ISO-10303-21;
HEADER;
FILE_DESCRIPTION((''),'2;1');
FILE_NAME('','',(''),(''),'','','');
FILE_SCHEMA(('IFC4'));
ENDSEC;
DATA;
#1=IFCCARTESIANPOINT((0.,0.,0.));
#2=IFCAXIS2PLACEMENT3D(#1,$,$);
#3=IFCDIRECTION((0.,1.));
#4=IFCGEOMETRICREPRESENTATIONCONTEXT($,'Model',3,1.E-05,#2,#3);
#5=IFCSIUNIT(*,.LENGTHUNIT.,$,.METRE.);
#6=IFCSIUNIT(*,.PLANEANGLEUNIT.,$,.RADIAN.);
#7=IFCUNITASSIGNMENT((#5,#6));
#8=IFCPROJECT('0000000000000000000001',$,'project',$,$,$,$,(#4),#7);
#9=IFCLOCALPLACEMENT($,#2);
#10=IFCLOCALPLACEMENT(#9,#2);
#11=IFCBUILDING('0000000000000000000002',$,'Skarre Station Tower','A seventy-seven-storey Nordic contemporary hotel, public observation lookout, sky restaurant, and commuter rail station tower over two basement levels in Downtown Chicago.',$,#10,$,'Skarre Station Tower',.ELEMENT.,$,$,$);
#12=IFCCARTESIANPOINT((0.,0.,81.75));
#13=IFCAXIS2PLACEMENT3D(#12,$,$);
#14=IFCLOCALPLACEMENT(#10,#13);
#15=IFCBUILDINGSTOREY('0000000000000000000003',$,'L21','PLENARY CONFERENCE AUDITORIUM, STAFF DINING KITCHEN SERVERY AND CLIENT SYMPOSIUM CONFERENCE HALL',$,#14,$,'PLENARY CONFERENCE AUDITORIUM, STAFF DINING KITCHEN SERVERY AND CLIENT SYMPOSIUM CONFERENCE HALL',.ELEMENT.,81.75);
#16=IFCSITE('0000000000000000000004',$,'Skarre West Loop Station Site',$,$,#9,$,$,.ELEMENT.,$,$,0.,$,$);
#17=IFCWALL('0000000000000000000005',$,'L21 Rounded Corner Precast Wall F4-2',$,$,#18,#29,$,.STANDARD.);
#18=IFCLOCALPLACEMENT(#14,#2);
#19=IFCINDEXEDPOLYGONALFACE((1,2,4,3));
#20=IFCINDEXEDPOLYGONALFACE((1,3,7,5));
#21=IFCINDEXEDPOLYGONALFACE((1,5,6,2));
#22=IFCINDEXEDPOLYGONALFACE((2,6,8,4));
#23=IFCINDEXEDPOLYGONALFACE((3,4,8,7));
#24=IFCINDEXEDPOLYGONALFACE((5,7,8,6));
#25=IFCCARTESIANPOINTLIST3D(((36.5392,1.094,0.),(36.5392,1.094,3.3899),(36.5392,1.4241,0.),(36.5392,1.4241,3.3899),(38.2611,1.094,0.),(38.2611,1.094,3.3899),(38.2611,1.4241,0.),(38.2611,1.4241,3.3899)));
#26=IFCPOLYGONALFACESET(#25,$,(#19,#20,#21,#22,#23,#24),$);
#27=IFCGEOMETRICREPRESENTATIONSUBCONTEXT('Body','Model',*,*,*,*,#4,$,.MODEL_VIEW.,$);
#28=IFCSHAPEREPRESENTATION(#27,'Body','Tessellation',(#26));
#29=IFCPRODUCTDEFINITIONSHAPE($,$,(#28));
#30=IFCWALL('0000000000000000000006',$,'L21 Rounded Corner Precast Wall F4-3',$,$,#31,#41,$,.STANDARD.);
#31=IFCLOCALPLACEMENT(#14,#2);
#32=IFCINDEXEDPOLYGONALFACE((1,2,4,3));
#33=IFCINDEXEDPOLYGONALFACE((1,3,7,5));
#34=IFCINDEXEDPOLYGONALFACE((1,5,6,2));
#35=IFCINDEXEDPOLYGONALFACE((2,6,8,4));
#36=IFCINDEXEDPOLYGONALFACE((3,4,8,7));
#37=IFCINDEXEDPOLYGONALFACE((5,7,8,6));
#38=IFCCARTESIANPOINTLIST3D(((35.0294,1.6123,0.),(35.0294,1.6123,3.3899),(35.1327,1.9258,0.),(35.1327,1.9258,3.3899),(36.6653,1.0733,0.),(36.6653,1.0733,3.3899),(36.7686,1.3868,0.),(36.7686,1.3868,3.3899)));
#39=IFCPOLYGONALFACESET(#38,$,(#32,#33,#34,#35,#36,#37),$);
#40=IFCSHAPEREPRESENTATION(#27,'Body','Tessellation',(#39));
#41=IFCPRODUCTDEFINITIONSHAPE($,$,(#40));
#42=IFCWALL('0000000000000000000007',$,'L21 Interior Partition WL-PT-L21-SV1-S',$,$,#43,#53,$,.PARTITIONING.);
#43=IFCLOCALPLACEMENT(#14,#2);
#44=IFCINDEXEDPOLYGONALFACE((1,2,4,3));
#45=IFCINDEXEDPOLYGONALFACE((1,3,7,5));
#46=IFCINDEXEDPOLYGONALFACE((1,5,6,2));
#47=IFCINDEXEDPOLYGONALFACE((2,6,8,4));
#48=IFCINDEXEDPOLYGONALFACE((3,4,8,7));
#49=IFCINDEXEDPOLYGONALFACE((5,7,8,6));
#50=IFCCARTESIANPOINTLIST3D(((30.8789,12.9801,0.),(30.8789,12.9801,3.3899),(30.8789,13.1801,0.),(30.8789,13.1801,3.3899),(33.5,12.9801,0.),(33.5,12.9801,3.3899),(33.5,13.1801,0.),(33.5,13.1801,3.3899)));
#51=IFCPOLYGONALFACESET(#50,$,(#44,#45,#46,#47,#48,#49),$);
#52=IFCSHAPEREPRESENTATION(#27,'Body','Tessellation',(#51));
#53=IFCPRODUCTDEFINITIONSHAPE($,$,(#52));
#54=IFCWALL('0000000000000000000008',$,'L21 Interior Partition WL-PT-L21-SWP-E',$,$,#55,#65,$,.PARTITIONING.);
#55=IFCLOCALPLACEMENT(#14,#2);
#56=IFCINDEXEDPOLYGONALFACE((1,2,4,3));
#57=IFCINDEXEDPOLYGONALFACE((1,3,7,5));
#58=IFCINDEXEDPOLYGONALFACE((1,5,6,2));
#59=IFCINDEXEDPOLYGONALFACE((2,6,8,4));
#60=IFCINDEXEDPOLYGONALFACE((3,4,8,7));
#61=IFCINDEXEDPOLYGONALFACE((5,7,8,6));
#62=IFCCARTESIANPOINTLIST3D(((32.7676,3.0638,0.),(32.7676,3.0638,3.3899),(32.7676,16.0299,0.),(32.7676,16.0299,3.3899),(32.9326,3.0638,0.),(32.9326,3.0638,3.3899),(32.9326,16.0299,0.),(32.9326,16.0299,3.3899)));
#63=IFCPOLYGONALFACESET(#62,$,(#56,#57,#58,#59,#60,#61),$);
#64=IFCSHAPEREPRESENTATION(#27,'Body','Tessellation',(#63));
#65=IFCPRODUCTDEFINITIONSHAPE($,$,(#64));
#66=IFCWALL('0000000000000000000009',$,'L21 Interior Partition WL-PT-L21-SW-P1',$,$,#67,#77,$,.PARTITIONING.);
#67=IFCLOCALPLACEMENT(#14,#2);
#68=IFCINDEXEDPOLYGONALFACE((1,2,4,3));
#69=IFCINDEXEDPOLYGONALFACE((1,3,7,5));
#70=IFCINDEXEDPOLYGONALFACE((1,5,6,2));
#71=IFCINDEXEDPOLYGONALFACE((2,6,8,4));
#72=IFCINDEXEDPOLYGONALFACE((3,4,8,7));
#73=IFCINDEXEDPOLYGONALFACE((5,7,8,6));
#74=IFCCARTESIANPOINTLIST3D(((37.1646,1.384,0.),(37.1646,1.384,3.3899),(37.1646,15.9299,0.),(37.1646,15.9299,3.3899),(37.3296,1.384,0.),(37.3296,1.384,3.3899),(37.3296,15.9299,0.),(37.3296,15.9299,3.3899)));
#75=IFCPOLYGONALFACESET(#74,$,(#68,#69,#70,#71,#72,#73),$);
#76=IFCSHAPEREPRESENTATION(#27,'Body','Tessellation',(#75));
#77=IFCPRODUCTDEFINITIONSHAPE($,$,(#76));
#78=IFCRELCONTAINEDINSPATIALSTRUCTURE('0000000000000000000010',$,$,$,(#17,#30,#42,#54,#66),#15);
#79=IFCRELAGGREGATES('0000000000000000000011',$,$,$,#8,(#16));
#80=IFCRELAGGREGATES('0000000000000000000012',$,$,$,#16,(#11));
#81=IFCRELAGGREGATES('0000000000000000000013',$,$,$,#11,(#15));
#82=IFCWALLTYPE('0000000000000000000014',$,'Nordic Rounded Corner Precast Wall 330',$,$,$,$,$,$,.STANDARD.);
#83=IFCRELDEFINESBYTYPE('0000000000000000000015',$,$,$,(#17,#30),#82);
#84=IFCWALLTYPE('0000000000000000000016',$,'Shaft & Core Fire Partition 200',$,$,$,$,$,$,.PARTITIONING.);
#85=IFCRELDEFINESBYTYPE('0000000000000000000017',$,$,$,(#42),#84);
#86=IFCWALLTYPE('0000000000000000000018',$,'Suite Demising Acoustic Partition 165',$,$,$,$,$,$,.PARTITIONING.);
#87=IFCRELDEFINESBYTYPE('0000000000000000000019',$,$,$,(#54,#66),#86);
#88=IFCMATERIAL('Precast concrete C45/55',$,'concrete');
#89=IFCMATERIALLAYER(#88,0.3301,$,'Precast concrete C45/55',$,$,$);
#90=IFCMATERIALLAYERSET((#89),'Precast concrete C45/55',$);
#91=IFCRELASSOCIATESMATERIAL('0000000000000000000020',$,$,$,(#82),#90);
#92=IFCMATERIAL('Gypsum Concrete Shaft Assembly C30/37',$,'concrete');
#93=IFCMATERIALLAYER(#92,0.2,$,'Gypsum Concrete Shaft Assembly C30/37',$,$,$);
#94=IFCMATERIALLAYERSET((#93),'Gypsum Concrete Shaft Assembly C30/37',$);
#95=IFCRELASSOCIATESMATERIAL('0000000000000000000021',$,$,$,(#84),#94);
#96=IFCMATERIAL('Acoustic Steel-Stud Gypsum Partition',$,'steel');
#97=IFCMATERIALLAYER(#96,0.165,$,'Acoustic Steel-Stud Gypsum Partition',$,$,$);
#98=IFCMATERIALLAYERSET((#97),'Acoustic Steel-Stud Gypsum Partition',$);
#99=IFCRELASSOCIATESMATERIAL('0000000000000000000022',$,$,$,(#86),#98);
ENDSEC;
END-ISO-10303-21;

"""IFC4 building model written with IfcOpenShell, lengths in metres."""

from ifc_helpers import new_model, si_unit, direction, frame, frame_2d, origin, place, context, subcontext, project, spatial, rectangle, extrude, material, layer, layer_set, type_object, element, save


model = new_model("IFC4")

# Units and contexts
model_context = context("Model", 3, precision=1e-05, world=origin(), true_north=direction((0.0, 1.0)))
body_context = subcontext(model_context, "Body", "Model", "MODEL_VIEW")
ifc_project = project(units=[si_unit("LENGTHUNIT", "METRE"), si_unit("PLANEANGLEUNIT", "RADIAN")], contexts=[model_context])

# Site, building, storey
site_placement = place(None, origin())
site = spatial("IfcSite", under=ifc_project, at=site_placement, Name="Skarre West Loop Station Site", CompositionType="ELEMENT", RefElevation=0.0)
building_placement = place(site_placement, origin())
building = spatial("IfcBuilding", under=site, at=building_placement, Name="Skarre Station Tower", Description="A seventy-seven-storey Nordic contemporary hotel, public observation lookout, sky restaurant, and commuter rail station tower over two basement levels in Downtown Chicago.", LongName="Skarre Station Tower", CompositionType="ELEMENT")
storey_placement = place(building_placement, frame((0.0, 0.0, 81.75)))
storey = spatial("IfcBuildingStorey", under=building, at=storey_placement, Name="L21", Description="PLENARY CONFERENCE AUDITORIUM, STAFF DINING KITCHEN SERVERY AND CLIENT SYMPOSIUM CONFERENCE HALL", LongName="PLENARY CONFERENCE AUDITORIUM, STAFF DINING KITCHEN SERVERY AND CLIENT SYMPOSIUM CONFERENCE HALL", CompositionType="ELEMENT", Elevation=81.75)

# Shared definitions
ifc_material_1 = material(Name="Precast concrete C45/55", Category="concrete")

# Walls
ifc_layer_1 = layer(ifc_material_1, 0.3301, Name="Precast concrete C45/55")
ifc_layer_set_1 = layer_set([ifc_layer_1], Name="Precast concrete C45/55")
wall_type_1 = type_object("IfcWallType", Name="Nordic Rounded Corner Precast Wall 330", PredefinedType="STANDARD", material=ifc_layer_set_1)
wall_1_placement = place(storey_placement, frame((38.261, 1.259, 0.0), z_axis=(0.0, 0.0, 1.0), x_axis=(-1.0, 0.0, 0.0)))
element("IfcWall", 1, at=wall_1_placement, inside=storey, type_object=wall_type_1, Name="L21 Rounded Corner Precast Wall F4-2", PredefinedType="STANDARD", context=body_context, shape_type="SweptSolid", body=[
    extrude(rectangle(XDim=1.7219, YDim=0.3301, at=frame_2d((0.8608, 0.0))), origin(), (0.0, 0.0, 1.0), 3.3899),
])
wall_2_placement = place(storey_placement, frame((36.717, 1.23, 0.0), z_axis=(0.0, 0.0, 1.0), x_axis=(-0.949769, 0.312952, 0.0)))
element("IfcWall", 2, at=wall_2_placement, inside=storey, type_object=wall_type_1, Name="L21 Rounded Corner Precast Wall F4-3", PredefinedType="STANDARD", context=body_context, shape_type="SweptSolid", body=[
    extrude(rectangle(XDim=1.7224, YDim=0.3301, at=frame_2d((0.8613, 0.0))), origin(), (0.0, 0.0, 1.0), 3.3899),
])
ifc_material_2 = material(Name="Gypsum Concrete Shaft Assembly C30/37", Category="concrete")
ifc_layer_2 = layer(ifc_material_2, 0.2, Name="Gypsum Concrete Shaft Assembly C30/37")
ifc_layer_set_2 = layer_set([ifc_layer_2], Name="Gypsum Concrete Shaft Assembly C30/37")
wall_type_2 = type_object("IfcWallType", Name="Shaft & Core Fire Partition 200", PredefinedType="PARTITIONING", material=ifc_layer_set_2)
wall_3_placement = place(storey_placement, frame((30.8789, 13.0801, 0.0), z_axis=(0.0, 0.0, 1.0), x_axis=(1.0, 0.0, 0.0)))
element("IfcWall", 3, at=wall_3_placement, inside=storey, type_object=wall_type_2, Name="L21 Interior Partition WL-PT-L21-SV1-S", PredefinedType="PARTITIONING", context=body_context, shape_type="SweptSolid", body=[
    extrude(rectangle(XDim=2.6211, YDim=0.2, at=frame_2d((1.3105, 0.0))), origin(), (0.0, 0.0, 1.0), 3.3899),
])
ifc_material_3 = material(Name="Acoustic Steel-Stud Gypsum Partition", Category="steel")
ifc_layer_3 = layer(ifc_material_3, 0.165, Name="Acoustic Steel-Stud Gypsum Partition")
ifc_layer_set_3 = layer_set([ifc_layer_3], Name="Acoustic Steel-Stud Gypsum Partition")
wall_type_3 = type_object("IfcWallType", Name="Suite Demising Acoustic Partition 165", PredefinedType="PARTITIONING", material=ifc_layer_set_3)
wall_4_placement = place(storey_placement, frame((32.8501, 3.064, 0.0), z_axis=(0.0, 0.0, 1.0), x_axis=(0.0, 1.0, 0.0)))
element("IfcWall", 4, at=wall_4_placement, inside=storey, type_object=wall_type_3, Name="L21 Interior Partition WL-PT-L21-SWP-E", PredefinedType="PARTITIONING", context=body_context, shape_type="SweptSolid", body=[
    extrude(rectangle(XDim=12.9661, YDim=0.165, at=frame_2d((6.4829, 0.0))), origin(), (0.0, 0.0, 1.0), 3.3899),
])
wall_5_placement = place(storey_placement, frame((37.2471, 1.384, 0.0), z_axis=(0.0, 0.0, 1.0), x_axis=(0.0, 1.0, 0.0)))
element("IfcWall", 5, at=wall_5_placement, inside=storey, type_object=wall_type_3, Name="L21 Interior Partition WL-PT-L21-SW-P1", PredefinedType="PARTITIONING", context=body_context, shape_type="SweptSolid", body=[
    extrude(rectangle(XDim=14.5459, YDim=0.165, at=frame_2d((7.2729, 0.0))), origin(), (0.0, 0.0, 1.0), 3.3899),
])

save(model, "model.ifc")
